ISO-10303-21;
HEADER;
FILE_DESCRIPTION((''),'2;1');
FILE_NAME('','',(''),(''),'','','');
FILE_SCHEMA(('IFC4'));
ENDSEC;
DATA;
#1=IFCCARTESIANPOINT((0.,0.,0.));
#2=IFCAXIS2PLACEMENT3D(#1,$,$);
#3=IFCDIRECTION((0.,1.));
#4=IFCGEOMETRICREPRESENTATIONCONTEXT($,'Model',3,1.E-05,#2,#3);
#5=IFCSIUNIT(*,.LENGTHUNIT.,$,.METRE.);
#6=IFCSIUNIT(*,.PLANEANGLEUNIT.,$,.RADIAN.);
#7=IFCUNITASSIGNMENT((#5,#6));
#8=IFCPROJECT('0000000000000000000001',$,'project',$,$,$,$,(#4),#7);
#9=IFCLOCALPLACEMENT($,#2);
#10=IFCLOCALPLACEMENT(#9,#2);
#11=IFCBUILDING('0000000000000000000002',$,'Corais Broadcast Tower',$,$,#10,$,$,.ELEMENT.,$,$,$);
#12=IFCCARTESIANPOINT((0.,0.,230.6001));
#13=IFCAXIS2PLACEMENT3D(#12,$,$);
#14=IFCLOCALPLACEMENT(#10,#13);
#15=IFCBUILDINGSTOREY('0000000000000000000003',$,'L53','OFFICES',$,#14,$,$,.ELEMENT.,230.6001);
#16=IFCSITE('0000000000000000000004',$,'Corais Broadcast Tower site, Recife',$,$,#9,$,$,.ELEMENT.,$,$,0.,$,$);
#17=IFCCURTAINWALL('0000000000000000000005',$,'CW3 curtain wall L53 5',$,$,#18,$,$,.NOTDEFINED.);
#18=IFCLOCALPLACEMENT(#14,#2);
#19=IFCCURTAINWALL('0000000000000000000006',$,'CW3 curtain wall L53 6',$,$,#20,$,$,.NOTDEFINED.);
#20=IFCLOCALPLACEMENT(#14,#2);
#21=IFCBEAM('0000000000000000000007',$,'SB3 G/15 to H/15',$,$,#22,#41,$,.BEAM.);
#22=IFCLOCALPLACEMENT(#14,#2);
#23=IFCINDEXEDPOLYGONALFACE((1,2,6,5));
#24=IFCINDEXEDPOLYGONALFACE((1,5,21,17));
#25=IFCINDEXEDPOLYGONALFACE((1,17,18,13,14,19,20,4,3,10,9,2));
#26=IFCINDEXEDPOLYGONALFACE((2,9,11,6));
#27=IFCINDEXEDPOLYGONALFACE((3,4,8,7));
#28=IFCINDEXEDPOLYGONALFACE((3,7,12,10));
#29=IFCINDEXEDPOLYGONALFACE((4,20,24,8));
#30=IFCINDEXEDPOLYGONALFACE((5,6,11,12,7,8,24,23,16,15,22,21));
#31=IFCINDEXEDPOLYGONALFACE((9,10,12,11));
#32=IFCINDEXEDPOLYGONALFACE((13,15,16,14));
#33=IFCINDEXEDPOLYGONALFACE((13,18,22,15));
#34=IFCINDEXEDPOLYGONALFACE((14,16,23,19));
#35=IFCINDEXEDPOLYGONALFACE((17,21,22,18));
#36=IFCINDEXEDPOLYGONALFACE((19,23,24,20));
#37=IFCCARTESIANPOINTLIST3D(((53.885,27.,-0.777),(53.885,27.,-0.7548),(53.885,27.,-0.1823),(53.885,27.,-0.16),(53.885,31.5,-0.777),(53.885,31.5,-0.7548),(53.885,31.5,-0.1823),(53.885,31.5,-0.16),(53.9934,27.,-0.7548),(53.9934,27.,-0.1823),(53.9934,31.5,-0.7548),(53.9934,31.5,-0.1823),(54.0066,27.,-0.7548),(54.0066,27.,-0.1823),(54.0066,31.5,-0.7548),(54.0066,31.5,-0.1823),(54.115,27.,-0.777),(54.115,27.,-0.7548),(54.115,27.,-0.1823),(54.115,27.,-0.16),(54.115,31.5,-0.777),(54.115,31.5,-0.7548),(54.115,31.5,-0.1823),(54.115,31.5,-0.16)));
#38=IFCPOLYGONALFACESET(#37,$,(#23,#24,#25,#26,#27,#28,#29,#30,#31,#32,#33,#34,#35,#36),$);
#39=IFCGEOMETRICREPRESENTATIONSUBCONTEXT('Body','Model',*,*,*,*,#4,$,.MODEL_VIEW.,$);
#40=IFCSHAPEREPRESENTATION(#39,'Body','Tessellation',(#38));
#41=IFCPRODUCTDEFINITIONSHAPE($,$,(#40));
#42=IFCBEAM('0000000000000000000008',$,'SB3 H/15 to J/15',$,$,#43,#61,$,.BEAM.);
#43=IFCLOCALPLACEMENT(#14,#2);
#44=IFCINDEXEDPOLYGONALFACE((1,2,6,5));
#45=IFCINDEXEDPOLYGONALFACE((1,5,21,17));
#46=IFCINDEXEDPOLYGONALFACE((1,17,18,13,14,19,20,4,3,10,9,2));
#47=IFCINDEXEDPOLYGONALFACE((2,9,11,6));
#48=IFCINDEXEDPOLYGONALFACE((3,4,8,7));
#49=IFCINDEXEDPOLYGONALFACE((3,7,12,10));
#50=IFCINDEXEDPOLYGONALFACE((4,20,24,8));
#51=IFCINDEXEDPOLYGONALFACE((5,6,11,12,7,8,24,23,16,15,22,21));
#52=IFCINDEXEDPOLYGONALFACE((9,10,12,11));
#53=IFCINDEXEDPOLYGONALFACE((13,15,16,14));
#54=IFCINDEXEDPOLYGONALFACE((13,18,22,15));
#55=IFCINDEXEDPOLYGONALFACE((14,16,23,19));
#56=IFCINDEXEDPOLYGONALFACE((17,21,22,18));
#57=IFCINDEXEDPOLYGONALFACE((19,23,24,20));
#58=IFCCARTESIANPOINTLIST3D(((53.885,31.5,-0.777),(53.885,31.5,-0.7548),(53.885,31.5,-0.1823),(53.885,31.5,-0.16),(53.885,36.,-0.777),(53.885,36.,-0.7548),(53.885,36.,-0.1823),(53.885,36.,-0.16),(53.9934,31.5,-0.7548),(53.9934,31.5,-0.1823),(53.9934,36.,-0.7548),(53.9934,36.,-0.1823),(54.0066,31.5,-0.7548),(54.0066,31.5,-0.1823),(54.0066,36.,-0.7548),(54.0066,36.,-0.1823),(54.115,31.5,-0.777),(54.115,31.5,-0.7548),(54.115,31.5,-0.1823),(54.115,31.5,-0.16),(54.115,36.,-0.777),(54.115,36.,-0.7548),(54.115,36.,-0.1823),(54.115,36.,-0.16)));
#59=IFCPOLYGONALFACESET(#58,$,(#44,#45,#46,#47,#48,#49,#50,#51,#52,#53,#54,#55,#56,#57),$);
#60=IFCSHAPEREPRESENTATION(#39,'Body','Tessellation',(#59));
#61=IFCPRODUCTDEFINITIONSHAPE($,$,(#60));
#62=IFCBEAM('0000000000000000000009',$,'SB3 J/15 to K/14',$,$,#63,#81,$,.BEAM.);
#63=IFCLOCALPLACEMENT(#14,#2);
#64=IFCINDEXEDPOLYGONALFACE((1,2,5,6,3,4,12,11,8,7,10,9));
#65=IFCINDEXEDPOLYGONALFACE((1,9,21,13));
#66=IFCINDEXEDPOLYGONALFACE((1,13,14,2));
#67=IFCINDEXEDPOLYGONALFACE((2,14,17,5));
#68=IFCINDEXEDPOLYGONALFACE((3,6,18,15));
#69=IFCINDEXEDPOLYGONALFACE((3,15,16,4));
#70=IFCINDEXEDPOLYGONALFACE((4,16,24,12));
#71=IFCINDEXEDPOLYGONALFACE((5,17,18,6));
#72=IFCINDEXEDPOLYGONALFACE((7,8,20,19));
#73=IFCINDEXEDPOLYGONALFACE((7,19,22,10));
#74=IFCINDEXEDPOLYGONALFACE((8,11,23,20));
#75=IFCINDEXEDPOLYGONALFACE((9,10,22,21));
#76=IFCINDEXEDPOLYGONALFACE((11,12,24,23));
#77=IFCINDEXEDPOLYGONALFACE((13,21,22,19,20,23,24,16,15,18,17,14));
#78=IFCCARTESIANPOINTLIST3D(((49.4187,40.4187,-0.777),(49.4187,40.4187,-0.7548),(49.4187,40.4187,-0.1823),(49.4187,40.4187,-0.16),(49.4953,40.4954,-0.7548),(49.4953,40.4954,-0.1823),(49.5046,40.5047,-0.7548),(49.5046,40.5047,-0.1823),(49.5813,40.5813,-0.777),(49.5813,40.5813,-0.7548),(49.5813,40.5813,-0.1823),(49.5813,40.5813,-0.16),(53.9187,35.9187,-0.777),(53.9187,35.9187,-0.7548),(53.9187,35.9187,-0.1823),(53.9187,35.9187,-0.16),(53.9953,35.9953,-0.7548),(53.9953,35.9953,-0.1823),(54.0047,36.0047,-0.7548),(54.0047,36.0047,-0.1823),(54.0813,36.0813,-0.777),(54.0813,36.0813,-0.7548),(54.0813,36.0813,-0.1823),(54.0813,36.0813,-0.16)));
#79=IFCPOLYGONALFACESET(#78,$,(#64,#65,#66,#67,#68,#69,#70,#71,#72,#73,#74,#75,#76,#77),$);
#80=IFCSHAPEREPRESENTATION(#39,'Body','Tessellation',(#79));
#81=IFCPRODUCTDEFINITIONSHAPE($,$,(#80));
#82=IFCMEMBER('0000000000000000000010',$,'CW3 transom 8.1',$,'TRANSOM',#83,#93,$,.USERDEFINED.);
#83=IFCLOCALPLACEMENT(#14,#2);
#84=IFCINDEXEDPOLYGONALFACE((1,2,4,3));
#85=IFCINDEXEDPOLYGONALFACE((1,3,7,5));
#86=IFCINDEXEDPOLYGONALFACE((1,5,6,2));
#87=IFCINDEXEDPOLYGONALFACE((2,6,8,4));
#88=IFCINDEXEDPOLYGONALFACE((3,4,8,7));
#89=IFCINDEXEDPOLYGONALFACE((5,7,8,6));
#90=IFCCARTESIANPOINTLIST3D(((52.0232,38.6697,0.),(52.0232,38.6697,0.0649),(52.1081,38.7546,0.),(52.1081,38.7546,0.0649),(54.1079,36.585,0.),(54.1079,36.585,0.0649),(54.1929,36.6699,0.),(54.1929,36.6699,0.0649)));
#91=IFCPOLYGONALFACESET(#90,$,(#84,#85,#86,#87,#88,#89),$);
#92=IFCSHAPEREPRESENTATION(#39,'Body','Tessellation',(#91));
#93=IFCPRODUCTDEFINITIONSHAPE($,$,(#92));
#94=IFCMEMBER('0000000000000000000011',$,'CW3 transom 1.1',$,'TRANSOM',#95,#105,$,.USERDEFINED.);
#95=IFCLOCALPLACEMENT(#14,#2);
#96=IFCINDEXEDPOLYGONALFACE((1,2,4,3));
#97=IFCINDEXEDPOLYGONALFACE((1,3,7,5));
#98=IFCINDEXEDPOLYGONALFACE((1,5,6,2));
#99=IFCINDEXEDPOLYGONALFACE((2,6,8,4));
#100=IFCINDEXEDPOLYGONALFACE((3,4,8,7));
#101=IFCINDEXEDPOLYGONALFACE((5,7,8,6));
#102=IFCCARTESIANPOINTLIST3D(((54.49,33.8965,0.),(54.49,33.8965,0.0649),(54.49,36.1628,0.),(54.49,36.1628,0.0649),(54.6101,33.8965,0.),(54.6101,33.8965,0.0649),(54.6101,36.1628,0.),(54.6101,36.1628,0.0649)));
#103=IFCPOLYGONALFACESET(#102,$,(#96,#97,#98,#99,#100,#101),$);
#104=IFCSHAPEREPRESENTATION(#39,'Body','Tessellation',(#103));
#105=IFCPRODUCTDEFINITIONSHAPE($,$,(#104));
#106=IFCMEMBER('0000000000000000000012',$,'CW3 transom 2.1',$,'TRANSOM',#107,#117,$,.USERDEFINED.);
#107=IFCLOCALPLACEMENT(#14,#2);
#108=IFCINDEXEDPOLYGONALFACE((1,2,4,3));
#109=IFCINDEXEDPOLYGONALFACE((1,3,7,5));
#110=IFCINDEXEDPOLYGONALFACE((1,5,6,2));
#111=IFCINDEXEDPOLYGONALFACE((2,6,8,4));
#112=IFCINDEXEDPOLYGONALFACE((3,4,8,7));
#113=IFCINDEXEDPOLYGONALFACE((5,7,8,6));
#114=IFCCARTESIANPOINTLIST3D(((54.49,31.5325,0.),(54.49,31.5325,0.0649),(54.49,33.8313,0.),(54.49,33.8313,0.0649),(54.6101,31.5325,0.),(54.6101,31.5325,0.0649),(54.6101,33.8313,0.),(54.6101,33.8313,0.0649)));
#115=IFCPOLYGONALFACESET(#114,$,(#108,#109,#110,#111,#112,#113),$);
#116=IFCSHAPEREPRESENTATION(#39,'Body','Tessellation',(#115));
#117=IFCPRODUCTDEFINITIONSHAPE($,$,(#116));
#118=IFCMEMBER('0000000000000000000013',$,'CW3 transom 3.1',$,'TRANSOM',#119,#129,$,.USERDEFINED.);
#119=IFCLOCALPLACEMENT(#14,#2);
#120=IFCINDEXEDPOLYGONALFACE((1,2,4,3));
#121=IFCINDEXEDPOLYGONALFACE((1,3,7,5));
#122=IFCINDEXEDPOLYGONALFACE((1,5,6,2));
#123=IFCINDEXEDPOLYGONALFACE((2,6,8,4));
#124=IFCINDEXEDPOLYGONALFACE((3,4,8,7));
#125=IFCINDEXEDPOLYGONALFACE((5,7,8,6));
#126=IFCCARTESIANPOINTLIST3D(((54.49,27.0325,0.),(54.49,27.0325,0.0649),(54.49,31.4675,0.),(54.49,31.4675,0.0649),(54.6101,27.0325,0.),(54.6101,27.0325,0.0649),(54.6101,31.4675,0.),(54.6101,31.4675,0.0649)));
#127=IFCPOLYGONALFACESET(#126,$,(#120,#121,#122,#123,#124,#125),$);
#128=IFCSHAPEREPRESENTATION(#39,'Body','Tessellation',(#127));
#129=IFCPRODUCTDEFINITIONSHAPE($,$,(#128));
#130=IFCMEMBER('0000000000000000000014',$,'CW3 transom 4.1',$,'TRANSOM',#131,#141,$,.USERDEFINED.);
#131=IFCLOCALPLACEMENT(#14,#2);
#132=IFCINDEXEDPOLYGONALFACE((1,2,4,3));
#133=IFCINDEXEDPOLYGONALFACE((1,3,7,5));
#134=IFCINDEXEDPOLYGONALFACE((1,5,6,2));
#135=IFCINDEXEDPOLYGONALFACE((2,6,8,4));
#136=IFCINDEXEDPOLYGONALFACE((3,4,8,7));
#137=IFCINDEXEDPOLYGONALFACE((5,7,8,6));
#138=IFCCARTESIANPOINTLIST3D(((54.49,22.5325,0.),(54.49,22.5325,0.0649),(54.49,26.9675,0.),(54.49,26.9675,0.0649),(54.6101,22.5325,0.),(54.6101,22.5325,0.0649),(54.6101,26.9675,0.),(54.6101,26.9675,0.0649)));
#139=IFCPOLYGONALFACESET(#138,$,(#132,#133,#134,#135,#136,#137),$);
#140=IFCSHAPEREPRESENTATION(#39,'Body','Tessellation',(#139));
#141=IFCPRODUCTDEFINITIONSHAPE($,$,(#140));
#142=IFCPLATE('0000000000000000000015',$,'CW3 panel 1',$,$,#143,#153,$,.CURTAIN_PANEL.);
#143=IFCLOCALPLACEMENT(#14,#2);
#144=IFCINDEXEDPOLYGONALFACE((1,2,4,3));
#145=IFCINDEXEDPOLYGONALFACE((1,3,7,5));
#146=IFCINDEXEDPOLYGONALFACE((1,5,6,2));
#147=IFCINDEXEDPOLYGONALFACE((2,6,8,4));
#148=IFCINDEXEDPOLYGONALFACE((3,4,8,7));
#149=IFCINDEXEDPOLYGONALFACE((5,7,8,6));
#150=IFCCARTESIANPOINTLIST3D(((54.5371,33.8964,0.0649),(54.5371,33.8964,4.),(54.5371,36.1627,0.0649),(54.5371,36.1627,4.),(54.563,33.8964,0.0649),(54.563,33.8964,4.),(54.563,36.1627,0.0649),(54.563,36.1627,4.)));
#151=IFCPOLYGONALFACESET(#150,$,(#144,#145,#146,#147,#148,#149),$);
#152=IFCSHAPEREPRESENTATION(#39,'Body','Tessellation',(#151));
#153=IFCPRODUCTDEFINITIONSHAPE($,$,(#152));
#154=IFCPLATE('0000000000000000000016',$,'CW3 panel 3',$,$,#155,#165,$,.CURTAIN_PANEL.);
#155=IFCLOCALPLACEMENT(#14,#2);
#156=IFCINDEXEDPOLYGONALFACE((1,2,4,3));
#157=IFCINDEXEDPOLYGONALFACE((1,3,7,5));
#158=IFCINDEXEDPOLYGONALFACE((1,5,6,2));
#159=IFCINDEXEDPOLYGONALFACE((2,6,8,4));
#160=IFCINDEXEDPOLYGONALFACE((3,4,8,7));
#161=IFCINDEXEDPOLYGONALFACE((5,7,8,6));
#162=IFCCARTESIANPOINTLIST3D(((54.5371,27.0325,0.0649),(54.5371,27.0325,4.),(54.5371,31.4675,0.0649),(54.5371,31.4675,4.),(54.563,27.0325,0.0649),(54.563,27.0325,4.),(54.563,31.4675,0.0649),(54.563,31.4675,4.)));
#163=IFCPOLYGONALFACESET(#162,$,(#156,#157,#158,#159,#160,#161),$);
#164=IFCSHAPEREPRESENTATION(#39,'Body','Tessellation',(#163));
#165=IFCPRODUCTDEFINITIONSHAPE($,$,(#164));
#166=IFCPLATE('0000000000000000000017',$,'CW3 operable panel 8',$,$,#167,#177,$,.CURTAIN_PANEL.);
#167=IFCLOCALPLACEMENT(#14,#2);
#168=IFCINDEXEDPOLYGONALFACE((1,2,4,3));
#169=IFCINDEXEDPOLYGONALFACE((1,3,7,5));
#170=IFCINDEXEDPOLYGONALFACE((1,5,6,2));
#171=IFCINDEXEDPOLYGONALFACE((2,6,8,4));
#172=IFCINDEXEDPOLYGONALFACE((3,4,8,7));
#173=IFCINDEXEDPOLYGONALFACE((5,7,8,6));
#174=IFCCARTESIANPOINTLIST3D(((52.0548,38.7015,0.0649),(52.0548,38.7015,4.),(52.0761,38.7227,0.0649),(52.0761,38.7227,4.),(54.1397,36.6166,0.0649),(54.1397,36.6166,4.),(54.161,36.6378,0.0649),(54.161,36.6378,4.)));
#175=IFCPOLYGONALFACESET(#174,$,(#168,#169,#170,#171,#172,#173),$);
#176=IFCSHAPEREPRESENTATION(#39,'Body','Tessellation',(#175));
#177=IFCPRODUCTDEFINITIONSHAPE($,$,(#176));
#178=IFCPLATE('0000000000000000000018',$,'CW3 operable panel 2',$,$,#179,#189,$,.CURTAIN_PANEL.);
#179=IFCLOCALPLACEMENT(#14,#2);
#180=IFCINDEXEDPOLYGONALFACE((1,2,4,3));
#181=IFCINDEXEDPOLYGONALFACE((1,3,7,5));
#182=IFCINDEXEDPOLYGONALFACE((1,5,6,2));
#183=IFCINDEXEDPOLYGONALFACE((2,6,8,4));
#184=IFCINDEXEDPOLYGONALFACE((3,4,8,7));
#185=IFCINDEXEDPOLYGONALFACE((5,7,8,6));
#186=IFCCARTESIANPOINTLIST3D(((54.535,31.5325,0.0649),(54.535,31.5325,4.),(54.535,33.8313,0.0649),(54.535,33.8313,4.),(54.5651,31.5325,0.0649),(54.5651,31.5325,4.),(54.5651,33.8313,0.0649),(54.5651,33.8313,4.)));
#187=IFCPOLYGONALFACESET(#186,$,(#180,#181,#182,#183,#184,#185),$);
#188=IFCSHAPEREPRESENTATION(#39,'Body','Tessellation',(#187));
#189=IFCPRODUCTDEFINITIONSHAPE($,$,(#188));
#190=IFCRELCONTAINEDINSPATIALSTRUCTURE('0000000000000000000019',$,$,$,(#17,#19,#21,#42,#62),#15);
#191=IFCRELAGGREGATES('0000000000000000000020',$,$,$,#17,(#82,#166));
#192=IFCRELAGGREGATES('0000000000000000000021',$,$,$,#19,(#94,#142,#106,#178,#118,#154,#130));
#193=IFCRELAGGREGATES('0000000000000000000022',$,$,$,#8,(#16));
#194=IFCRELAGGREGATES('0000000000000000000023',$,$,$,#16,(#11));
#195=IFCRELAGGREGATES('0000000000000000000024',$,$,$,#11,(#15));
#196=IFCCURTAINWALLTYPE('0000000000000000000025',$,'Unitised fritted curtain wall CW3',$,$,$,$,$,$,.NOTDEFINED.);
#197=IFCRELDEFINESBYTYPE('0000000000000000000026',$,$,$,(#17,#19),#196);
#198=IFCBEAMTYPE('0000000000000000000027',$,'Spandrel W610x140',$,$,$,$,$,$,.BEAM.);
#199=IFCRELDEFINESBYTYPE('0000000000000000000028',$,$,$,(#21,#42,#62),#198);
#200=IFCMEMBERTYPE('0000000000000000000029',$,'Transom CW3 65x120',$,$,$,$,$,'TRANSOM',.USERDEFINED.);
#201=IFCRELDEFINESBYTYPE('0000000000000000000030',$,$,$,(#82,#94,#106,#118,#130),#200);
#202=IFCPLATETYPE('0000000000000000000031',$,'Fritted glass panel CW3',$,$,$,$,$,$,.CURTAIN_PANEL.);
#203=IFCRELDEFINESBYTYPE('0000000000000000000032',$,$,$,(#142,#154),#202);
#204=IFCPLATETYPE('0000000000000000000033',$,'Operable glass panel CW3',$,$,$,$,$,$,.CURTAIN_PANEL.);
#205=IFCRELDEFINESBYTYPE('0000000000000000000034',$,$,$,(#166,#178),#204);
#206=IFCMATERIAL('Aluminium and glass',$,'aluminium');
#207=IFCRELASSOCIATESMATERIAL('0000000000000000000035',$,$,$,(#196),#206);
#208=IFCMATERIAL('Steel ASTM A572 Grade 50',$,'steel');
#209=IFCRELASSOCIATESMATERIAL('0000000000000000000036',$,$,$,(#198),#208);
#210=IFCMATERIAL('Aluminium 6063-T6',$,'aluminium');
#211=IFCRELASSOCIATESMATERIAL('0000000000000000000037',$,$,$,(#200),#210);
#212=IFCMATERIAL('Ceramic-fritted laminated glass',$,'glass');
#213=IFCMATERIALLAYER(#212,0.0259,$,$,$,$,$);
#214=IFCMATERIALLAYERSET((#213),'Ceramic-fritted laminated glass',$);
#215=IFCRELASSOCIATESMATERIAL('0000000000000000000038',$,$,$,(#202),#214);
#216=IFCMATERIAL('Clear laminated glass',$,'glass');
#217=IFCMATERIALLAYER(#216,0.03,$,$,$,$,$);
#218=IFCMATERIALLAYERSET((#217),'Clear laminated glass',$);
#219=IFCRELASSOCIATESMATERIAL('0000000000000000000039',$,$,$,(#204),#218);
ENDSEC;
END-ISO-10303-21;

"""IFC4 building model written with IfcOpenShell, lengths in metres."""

from ifc_helpers import new_model, si_unit, direction, frame, origin, origin_2d, place, context, subcontext, project, spatial, rectangle, i_section, extrude, material, layer, layer_set, material_profile, profile_set, type_object, element, aggregate, save


model = new_model("IFC4")

# Units and contexts
model_context = context("Model", 3, precision=1e-05, world=origin(), true_north=direction((0.0, 1.0)))
body_context = subcontext(model_context, "Body", "Model", "MODEL_VIEW")
ifc_project = project(units=[si_unit("LENGTHUNIT", "METRE"), si_unit("PLANEANGLEUNIT", "RADIAN")], contexts=[model_context])

# Site, building, storey
site_placement = place(None, origin())
site = spatial("IfcSite", under=ifc_project, at=site_placement, Name="Corais Broadcast Tower site, Recife", CompositionType="ELEMENT", RefElevation=0.0)
building_placement = place(site_placement, origin())
building = spatial("IfcBuilding", under=site, at=building_placement, Name="Corais Broadcast Tower", CompositionType="ELEMENT")
storey_placement = place(building_placement, frame((0.0, 0.0, 230.6001)))
storey = spatial("IfcBuildingStorey", under=building, at=storey_placement, Name="L53", Description="OFFICES", CompositionType="ELEMENT", Elevation=230.6001)

# Curtain wall
ifc_material_1 = material(Name="Aluminium and glass", Category="aluminium")
curtain_wall_type = type_object("IfcCurtainWallType", Name="Unitised fritted curtain wall CW3", PredefinedType="NOTDEFINED", material=ifc_material_1)
curtain_wall_1_placement = place(storey_placement, origin())
curtain_wall_1 = element("IfcCurtainWall", 1, at=curtain_wall_1_placement, inside=storey, type_object=curtain_wall_type, Name="CW3 curtain wall L53 5", PredefinedType="NOTDEFINED")

# Curtain wall
curtain_wall_2_placement = place(storey_placement, origin())
curtain_wall_2 = element("IfcCurtainWall", 2, at=curtain_wall_2_placement, inside=storey, type_object=curtain_wall_type, Name="CW3 curtain wall L53 6", PredefinedType="NOTDEFINED")

# Beams
ifc_material_2 = material(Name="Steel ASTM A572 Grade 50", Category="steel")
ifc_material_profile_1 = material_profile(ifc_material_2, i_section(OverallWidth=0.23, OverallDepth=0.6169, WebThickness=0.0132, FlangeThickness=0.0222, at=origin_2d()), Name="W610x140")
ifc_profile_set_1 = profile_set([ifc_material_profile_1], Name="Steel ASTM A572 Grade 50")
beam_type_1 = type_object("IfcBeamType", Name="Spandrel W610x140", PredefinedType="BEAM", material=ifc_profile_set_1)
for number, where, z_axis, x_axis, name in (
    (3, (54.0, 27.0, -0.4685), (0.0, 1.0, 0.0), (-1.0, 0.0, 0.0), "SB3 G/15 to H/15"),
    (4, (54.0, 31.5, -0.4685), (0.0, 1.0, 0.0), (-1.0, 0.0, 0.0), "SB3 H/15 to J/15"),
):
    element("IfcBeam", number, at=place(storey_placement, frame(where, z_axis=z_axis, x_axis=x_axis)), inside=storey, type_object=beam_type_1, Name=name, PredefinedType="BEAM", context=body_context, shape_type="SweptSolid", body=[
        extrude(i_section(OverallWidth=0.23, OverallDepth=0.6169, WebThickness=0.0132, FlangeThickness=0.0222, at=origin_2d()), origin(), (0.0, 0.0, 1.0), 4.5),
    ])
beam_placement = place(storey_placement, frame((54.0, 36.0, -0.4685), z_axis=(-0.707107, 0.707107, 0.0), x_axis=(-0.707107, -0.707107, 0.0)))
element("IfcBeam", 5, at=beam_placement, inside=storey, type_object=beam_type_1, Name="SB3 J/15 to K/14", PredefinedType="BEAM", context=body_context, shape_type="SweptSolid", body=[
    extrude(i_section(OverallWidth=0.23, OverallDepth=0.6169, WebThickness=0.0132, FlangeThickness=0.0222, at=origin_2d()), origin(), (0.0, 0.0, 1.0), 6.364),
])

# Members
ifc_material_3 = material(Name="Aluminium 6063-T6", Category="aluminium")
ifc_material_profile_2 = material_profile(ifc_material_3, rectangle(XDim=0.1201, YDim=0.0649, at=origin_2d()), Name="Transom CW3 65x120")
ifc_profile_set_2 = profile_set([ifc_material_profile_2], Name="Aluminium 6063-T6")
member_type_1 = type_object("IfcMemberType", Name="Transom CW3 65x120", ElementType="TRANSOM", PredefinedType="USERDEFINED", material=ifc_profile_set_2)
member_1_placement = place(storey_placement, frame((52.0657, 38.7122, 0.0325), z_axis=(0.707107, -0.707107, 0.0), x_axis=(0.707107, 0.707107, 0.0)))
member_1 = element("IfcMember", 6, at=member_1_placement, type_object=member_type_1, Name="CW3 transom 8.1", ObjectType="TRANSOM", PredefinedType="USERDEFINED", context=body_context, shape_type="SweptSolid", body=[
    extrude(rectangle(XDim=0.1201, YDim=0.0649, at=origin_2d()), origin(), (0.0, 0.0, 1.0), 2.9482),
])
member_2_placement = place(storey_placement, frame((54.55, 36.1628, 0.0325), z_axis=(0.0, -1.0, 0.0), x_axis=(1.0, 0.0, 0.0)))
member_2 = element("IfcMember", 7, at=member_2_placement, type_object=member_type_1, Name="CW3 transom 1.1", ObjectType="TRANSOM", PredefinedType="USERDEFINED", context=body_context, shape_type="SweptSolid", body=[
    extrude(rectangle(XDim=0.1201, YDim=0.0649, at=origin_2d()), origin(), (0.0, 0.0, 1.0), 2.2664),
])
member_3_placement = place(storey_placement, frame((54.55, 33.8313, 0.0325), z_axis=(0.0, -1.0, 0.0), x_axis=(1.0, 0.0, 0.0)))
member_3 = element("IfcMember", 8, at=member_3_placement, type_object=member_type_1, Name="CW3 transom 2.1", ObjectType="TRANSOM", PredefinedType="USERDEFINED", context=body_context, shape_type="SweptSolid", body=[
    extrude(rectangle(XDim=0.1201, YDim=0.0649, at=origin_2d()), origin(), (0.0, 0.0, 1.0), 2.2988),
])
member_4_placement = place(storey_placement, frame((54.55, 31.4675, 0.0325), z_axis=(0.0, -1.0, 0.0), x_axis=(1.0, 0.0, 0.0)))
member_4 = element("IfcMember", 9, at=member_4_placement, type_object=member_type_1, Name="CW3 transom 3.1", ObjectType="TRANSOM", PredefinedType="USERDEFINED", context=body_context, shape_type="SweptSolid", body=[
    extrude(rectangle(XDim=0.1201, YDim=0.0649, at=origin_2d()), origin(), (0.0, 0.0, 1.0), 4.4351),
])
member_5_placement = place(storey_placement, frame((54.55, 26.9675, 0.0325), z_axis=(0.0, -1.0, 0.0), x_axis=(1.0, 0.0, 0.0)))
member_5 = element("IfcMember", 10, at=member_5_placement, type_object=member_type_1, Name="CW3 transom 4.1", ObjectType="TRANSOM", PredefinedType="USERDEFINED", context=body_context, shape_type="SweptSolid", body=[
    extrude(rectangle(XDim=0.1201, YDim=0.0649, at=origin_2d()), origin(), (0.0, 0.0, 1.0), 4.4351),
])

# Plates
ifc_material_4 = material(Name="Ceramic-fritted laminated glass", Category="glass")
ifc_layer_1 = layer(ifc_material_4, 0.0259)
ifc_layer_set_1 = layer_set([ifc_layer_1], Name="Ceramic-fritted laminated glass")
plate_type_1 = type_object("IfcPlateType", Name="Fritted glass panel CW3", PredefinedType="CURTAIN_PANEL", material=ifc_layer_set_1)
plate_1_placement = place(storey_placement, frame((54.55, 35.0295, 0.0649), z_axis=(0.0, 0.0, 1.0), x_axis=(0.0, -1.0, 0.0)))
plate_1 = element("IfcPlate", 11, at=plate_1_placement, type_object=plate_type_1, Name="CW3 panel 1", PredefinedType="CURTAIN_PANEL", context=body_context, shape_type="SweptSolid", body=[
    extrude(rectangle(XDim=2.2664, YDim=0.0259, at=origin_2d()), origin(), (0.0, 0.0, 1.0), 3.9351),
])
plate_2_placement = place(storey_placement, frame((54.55, 29.25, 0.0649), z_axis=(0.0, 0.0, 1.0), x_axis=(0.0, -1.0, 0.0)))
plate_2 = element("IfcPlate", 12, at=plate_2_placement, type_object=plate_type_1, Name="CW3 panel 3", PredefinedType="CURTAIN_PANEL", context=body_context, shape_type="SweptSolid", body=[
    extrude(rectangle(XDim=4.4351, YDim=0.0259, at=origin_2d()), origin(), (0.0, 0.0, 1.0), 3.9351),
])
ifc_material_5 = material(Name="Clear laminated glass", Category="glass")
ifc_layer_2 = layer(ifc_material_5, 0.03)
ifc_layer_set_2 = layer_set([ifc_layer_2], Name="Clear laminated glass")
plate_type_2 = type_object("IfcPlateType", Name="Operable glass panel CW3", PredefinedType="CURTAIN_PANEL", material=ifc_layer_set_2)
plate_3_placement = place(storey_placement, frame((53.1079, 37.6697, 0.0649), z_axis=(0.0, 0.0, 1.0), x_axis=(0.707107, -0.707107, 0.0)))
plate_3 = element("IfcPlate", 13, at=plate_3_placement, type_object=plate_type_2, Name="CW3 operable panel 8", PredefinedType="CURTAIN_PANEL", context=body_context, shape_type="SweptSolid", body=[
    extrude(rectangle(XDim=2.9485, YDim=0.03, at=origin_2d()), origin(), (0.0, 0.0, 1.0), 3.9351),
])
aggregate(curtain_wall_1, [member_1, plate_3])
plate_4_placement = place(storey_placement, frame((54.55, 32.6819, 0.0649), z_axis=(0.0, 0.0, 1.0), x_axis=(0.0, -1.0, 0.0)))
plate_4 = element("IfcPlate", 14, at=plate_4_placement, type_object=plate_type_2, Name="CW3 operable panel 2", PredefinedType="CURTAIN_PANEL", context=body_context, shape_type="SweptSolid", body=[
    extrude(rectangle(XDim=2.2988, YDim=0.03, at=origin_2d()), origin(), (0.0, 0.0, 1.0), 3.9351),
])
aggregate(curtain_wall_2, [member_2, plate_1, member_3, plate_4, member_4, plate_2, member_5])

save(model, "model.ifc")
